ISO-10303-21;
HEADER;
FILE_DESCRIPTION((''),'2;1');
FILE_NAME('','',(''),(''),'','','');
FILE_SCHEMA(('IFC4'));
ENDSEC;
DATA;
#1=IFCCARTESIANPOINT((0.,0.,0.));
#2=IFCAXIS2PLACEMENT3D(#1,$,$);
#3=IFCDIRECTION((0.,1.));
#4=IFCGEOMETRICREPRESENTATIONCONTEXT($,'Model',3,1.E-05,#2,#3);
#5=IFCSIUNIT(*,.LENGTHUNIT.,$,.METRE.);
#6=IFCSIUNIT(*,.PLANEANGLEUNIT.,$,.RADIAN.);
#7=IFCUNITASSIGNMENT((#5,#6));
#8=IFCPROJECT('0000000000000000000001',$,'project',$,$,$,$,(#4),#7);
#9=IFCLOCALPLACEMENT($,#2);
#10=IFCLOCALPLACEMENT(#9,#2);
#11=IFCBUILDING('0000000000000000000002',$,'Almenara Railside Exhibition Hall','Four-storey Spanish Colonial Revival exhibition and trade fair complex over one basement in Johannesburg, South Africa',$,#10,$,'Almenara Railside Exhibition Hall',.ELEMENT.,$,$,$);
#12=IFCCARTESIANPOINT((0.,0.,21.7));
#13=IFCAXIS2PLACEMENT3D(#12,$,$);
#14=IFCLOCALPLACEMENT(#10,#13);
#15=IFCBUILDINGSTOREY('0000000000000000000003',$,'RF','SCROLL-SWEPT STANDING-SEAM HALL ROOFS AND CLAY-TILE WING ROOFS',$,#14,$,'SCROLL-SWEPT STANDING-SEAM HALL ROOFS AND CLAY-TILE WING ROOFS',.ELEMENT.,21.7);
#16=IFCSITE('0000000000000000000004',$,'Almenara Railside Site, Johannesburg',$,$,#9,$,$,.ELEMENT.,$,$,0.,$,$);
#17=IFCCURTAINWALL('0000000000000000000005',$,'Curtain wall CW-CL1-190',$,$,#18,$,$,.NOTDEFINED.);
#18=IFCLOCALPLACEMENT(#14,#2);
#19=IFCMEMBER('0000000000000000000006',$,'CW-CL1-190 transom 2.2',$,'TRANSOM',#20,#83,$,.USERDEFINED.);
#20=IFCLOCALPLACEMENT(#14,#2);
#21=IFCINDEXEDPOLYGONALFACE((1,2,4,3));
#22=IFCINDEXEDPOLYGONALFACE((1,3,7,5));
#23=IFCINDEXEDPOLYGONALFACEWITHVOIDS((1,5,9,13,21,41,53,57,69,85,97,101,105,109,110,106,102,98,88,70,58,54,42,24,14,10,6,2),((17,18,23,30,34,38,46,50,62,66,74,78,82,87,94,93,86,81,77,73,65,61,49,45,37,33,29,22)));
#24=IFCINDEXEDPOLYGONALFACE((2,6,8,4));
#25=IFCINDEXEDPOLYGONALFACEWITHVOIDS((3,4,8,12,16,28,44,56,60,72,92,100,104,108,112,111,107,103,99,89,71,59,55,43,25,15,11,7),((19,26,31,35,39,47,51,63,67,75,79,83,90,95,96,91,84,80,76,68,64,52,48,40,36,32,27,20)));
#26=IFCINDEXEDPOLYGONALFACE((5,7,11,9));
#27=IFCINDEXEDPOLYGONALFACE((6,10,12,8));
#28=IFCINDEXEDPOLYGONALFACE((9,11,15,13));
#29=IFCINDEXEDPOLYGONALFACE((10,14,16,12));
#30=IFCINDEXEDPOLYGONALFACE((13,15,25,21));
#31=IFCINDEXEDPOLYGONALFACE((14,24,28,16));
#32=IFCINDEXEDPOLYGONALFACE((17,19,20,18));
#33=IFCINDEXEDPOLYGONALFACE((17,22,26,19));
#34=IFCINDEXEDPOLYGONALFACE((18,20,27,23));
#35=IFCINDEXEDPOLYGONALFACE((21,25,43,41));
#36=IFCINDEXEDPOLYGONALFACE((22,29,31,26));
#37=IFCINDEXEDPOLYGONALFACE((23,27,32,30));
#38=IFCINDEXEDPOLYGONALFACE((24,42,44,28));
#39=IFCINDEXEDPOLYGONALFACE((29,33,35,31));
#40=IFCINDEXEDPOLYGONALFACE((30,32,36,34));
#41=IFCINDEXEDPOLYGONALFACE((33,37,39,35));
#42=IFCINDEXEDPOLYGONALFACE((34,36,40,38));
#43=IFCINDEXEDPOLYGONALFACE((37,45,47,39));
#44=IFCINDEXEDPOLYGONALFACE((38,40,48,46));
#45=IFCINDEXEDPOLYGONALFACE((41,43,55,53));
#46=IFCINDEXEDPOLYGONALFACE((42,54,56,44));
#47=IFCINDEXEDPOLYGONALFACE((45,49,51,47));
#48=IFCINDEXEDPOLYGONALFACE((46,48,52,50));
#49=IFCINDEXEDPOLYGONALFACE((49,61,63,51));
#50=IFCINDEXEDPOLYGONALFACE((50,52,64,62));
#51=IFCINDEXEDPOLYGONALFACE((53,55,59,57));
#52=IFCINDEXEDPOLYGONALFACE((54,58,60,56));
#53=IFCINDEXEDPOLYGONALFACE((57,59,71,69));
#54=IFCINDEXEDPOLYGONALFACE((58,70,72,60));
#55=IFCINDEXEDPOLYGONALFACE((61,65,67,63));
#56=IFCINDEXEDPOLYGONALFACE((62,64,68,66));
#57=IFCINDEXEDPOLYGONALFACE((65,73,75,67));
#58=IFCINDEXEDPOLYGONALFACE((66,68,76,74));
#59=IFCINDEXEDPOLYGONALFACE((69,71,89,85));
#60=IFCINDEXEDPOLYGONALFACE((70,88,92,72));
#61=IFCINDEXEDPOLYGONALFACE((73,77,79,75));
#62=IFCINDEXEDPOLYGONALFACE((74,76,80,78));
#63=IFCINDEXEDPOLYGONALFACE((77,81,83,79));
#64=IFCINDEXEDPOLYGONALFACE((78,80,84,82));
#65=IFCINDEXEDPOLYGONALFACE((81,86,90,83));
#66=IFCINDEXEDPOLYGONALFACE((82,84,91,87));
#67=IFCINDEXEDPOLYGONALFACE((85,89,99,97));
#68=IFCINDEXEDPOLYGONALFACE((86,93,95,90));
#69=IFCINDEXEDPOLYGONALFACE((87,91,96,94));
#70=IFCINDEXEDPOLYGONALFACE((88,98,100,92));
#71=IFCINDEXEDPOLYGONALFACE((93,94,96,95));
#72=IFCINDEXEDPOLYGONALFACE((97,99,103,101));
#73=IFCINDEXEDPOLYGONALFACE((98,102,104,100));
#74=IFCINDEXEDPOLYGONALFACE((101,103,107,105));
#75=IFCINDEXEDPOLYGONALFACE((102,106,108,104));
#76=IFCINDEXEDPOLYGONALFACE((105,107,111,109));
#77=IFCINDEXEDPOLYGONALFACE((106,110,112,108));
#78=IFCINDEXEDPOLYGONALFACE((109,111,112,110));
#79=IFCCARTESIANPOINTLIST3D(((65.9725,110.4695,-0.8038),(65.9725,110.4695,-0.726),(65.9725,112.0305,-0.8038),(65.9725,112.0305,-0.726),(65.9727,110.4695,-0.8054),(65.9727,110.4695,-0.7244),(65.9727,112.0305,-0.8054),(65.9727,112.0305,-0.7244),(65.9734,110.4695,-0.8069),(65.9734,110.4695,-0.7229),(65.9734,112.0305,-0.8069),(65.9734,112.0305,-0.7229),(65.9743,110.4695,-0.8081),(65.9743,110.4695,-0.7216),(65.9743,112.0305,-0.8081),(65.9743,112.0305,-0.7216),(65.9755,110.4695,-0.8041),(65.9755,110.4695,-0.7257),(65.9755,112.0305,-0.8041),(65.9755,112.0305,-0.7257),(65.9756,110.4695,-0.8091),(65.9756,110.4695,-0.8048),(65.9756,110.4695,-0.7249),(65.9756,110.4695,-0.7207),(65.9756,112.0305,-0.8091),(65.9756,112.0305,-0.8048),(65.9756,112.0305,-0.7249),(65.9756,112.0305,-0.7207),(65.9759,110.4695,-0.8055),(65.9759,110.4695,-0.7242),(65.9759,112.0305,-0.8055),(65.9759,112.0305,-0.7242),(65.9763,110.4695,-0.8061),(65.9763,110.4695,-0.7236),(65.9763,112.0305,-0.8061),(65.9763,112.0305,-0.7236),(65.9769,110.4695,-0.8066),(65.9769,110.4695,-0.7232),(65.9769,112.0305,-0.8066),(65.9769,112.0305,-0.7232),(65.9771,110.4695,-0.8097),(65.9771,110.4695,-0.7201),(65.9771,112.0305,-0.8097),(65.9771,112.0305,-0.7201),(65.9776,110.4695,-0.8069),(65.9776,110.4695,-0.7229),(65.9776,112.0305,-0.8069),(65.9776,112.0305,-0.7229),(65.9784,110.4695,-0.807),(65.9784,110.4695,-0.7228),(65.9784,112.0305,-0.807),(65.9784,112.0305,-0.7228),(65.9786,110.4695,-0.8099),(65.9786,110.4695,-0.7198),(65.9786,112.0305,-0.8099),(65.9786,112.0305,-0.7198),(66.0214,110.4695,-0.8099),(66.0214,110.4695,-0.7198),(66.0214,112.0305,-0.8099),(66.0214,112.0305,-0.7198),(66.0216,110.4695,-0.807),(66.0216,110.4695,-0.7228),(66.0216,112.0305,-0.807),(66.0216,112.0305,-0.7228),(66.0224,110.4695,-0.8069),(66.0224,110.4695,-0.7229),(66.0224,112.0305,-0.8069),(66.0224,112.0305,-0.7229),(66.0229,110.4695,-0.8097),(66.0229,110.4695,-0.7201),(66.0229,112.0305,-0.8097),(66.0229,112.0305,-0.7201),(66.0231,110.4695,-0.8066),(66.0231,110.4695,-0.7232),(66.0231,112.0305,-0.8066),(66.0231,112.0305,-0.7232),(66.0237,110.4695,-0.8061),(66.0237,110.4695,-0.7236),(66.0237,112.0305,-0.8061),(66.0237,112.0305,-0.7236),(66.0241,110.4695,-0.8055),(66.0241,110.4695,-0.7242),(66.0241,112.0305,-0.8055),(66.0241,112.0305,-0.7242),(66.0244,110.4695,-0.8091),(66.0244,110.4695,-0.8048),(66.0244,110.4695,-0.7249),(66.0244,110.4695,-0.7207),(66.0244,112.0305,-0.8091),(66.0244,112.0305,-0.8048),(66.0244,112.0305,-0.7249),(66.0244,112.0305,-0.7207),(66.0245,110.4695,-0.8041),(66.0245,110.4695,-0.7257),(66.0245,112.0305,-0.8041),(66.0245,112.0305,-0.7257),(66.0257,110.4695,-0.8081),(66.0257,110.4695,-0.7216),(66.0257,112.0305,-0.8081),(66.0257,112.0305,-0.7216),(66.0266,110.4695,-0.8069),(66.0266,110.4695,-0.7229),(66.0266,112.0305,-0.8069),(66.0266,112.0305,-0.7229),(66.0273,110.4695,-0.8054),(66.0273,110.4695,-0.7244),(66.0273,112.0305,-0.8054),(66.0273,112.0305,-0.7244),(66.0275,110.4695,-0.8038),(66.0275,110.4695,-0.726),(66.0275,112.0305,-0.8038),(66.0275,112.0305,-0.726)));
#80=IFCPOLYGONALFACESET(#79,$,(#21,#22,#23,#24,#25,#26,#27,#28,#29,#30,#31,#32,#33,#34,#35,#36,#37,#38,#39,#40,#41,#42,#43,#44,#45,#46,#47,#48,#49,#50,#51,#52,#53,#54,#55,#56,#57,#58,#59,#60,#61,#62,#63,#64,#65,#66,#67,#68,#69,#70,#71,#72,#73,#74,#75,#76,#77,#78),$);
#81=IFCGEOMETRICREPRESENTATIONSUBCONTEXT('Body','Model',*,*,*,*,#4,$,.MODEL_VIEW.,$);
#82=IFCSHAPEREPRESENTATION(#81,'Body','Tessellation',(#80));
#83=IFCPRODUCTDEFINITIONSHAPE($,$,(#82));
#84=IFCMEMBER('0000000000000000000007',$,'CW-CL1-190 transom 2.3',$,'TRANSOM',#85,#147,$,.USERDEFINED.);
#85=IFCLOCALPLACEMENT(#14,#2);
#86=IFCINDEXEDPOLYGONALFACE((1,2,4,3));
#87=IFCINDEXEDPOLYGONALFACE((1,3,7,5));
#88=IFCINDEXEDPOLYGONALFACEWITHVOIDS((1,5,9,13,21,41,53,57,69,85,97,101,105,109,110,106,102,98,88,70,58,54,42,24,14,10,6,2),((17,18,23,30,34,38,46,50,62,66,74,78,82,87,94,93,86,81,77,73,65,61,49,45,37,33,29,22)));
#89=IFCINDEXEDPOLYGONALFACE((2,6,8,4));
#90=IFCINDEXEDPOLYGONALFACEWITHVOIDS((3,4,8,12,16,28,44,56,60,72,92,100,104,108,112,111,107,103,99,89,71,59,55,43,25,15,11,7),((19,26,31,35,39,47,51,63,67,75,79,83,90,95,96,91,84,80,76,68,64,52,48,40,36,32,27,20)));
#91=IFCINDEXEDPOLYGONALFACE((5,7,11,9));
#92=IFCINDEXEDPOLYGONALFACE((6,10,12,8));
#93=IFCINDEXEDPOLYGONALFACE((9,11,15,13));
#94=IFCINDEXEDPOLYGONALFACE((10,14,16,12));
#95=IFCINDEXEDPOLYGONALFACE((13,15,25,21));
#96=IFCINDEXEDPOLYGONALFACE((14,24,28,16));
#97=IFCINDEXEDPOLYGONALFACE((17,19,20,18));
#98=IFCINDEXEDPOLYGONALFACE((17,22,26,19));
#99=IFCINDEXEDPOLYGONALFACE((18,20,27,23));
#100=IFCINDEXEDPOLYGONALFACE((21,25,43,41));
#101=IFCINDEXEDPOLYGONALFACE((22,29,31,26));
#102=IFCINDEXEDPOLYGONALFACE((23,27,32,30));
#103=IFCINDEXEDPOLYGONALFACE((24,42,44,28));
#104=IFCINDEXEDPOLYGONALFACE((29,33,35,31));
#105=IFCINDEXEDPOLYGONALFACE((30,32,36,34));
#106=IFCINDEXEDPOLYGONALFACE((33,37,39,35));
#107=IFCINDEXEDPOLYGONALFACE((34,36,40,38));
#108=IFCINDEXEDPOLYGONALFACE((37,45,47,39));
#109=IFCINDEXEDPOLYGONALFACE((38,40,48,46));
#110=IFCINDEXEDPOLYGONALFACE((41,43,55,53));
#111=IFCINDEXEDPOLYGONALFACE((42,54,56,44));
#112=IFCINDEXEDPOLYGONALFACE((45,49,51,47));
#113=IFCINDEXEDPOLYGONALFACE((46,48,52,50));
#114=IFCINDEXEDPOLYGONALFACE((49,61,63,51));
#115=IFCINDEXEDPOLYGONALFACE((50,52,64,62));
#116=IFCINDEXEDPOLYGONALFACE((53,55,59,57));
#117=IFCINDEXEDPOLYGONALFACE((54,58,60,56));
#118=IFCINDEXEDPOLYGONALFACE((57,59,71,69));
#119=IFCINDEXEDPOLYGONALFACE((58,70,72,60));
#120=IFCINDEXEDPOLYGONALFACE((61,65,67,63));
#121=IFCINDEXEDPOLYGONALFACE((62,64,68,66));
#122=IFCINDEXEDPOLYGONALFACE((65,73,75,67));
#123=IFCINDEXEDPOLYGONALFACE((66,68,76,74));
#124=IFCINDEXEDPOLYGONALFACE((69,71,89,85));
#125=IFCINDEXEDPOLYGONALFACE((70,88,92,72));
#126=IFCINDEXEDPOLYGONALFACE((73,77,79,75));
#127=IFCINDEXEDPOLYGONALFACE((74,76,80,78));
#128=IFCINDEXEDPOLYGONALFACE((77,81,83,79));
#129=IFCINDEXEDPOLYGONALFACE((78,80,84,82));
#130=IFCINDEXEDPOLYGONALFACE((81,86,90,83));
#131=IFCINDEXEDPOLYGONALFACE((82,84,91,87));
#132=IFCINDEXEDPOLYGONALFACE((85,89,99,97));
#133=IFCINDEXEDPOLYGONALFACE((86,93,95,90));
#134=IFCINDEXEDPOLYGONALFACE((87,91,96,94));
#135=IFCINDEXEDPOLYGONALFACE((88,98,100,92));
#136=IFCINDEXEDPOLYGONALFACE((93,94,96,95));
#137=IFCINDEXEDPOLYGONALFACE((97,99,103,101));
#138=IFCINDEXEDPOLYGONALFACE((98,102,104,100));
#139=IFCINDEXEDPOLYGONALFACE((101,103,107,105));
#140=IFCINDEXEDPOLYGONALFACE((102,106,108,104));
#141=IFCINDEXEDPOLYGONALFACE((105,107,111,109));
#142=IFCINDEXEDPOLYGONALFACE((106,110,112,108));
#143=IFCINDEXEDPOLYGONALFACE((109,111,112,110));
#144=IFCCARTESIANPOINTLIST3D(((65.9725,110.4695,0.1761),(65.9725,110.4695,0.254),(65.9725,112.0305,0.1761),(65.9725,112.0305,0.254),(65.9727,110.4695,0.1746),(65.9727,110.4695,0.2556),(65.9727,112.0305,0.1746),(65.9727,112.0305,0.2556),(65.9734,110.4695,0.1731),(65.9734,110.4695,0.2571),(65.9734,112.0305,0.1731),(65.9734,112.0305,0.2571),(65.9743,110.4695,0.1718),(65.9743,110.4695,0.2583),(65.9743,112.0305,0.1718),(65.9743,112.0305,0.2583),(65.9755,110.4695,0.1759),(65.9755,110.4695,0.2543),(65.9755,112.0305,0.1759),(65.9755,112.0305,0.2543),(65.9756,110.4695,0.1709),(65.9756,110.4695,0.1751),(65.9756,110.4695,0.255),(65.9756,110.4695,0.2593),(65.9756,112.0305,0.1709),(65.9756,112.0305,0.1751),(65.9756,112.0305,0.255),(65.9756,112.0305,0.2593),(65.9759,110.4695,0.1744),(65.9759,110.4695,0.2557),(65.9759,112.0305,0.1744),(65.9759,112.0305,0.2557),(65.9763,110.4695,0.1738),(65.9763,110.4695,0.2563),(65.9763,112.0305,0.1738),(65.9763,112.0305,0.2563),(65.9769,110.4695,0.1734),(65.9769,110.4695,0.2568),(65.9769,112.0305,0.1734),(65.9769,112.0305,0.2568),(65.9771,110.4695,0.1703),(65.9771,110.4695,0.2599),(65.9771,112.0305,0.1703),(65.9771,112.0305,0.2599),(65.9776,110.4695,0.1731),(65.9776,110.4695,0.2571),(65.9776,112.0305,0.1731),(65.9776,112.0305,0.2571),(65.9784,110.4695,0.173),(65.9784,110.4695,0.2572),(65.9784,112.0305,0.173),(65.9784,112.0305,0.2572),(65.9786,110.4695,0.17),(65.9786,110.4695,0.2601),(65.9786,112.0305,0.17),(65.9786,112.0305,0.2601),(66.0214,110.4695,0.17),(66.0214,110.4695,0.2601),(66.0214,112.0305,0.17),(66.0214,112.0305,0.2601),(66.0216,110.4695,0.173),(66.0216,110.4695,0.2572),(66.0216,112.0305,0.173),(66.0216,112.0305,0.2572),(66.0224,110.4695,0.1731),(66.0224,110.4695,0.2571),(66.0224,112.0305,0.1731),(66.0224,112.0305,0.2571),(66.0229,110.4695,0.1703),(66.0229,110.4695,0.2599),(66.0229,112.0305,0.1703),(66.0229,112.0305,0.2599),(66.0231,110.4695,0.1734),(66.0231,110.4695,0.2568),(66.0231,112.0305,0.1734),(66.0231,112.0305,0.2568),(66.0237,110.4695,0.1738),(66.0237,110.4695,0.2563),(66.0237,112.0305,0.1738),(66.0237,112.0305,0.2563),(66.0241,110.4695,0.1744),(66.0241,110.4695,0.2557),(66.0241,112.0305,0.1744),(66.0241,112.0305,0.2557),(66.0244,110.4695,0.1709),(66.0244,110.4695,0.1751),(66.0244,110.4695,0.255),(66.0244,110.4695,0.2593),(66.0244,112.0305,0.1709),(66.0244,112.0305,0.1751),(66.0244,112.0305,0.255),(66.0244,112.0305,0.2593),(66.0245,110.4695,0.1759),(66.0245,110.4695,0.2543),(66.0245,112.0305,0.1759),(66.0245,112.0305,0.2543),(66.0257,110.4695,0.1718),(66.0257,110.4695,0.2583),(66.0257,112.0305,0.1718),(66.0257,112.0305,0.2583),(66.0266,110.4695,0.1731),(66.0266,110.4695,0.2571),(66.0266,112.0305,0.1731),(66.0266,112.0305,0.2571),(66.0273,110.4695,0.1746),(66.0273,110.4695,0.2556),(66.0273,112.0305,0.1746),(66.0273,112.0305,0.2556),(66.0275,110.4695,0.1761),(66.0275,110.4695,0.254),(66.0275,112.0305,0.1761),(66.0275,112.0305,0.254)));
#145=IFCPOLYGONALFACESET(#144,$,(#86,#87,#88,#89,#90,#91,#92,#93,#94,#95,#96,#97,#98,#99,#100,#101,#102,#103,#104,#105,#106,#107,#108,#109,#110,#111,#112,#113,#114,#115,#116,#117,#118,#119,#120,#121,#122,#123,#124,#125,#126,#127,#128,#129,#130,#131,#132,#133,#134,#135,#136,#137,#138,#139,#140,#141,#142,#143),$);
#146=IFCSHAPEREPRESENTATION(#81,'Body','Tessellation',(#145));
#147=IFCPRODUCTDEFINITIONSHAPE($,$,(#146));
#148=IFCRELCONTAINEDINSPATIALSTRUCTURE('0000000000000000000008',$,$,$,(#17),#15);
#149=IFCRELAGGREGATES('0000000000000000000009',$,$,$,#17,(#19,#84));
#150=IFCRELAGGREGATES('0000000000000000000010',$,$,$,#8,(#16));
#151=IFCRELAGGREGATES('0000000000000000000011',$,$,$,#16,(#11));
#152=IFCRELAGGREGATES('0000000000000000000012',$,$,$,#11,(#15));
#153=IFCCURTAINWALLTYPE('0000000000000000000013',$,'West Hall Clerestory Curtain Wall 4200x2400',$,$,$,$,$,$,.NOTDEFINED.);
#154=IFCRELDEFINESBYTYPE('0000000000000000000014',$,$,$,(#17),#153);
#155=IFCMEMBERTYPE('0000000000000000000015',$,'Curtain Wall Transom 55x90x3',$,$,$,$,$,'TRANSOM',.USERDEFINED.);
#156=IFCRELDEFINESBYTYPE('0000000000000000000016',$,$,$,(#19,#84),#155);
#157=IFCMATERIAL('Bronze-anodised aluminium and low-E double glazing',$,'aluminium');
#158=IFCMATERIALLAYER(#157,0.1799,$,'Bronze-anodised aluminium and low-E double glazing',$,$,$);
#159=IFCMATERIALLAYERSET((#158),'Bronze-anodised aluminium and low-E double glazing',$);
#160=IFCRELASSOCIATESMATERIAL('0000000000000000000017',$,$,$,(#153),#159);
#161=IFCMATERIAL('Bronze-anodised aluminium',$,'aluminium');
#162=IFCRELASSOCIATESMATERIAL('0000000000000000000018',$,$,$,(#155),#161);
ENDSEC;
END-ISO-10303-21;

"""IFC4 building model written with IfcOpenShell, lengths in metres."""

from ifc_helpers import new_model, si_unit, direction, frame, origin, origin_2d, place, context, subcontext, project, spatial, hollow_rectangle, extrude, material, layer, layer_set, material_profile, profile_set, type_object, element, aggregate, save


model = new_model("IFC4")

# Units and contexts
model_context = context("Model", 3, precision=1e-05, world=origin(), true_north=direction((0.0, 1.0)))
body_context = subcontext(model_context, "Body", "Model", "MODEL_VIEW")
ifc_project = project(units=[si_unit("LENGTHUNIT", "METRE"), si_unit("PLANEANGLEUNIT", "RADIAN")], contexts=[model_context])

# Site, building, storey
site_placement = place(None, origin())
site = spatial("IfcSite", under=ifc_project, at=site_placement, Name="Almenara Railside Site, Johannesburg", CompositionType="ELEMENT", RefElevation=0.0)
building_placement = place(site_placement, origin())
building = spatial("IfcBuilding", under=site, at=building_placement, Name="Almenara Railside Exhibition Hall", Description="Four-storey Spanish Colonial Revival exhibition and trade fair complex over one basement in Johannesburg, South Africa", LongName="Almenara Railside Exhibition Hall", CompositionType="ELEMENT")
storey_placement = place(building_placement, frame((0.0, 0.0, 21.7)))
storey = spatial("IfcBuildingStorey", under=building, at=storey_placement, Name="RF", Description="SCROLL-SWEPT STANDING-SEAM HALL ROOFS AND CLAY-TILE WING ROOFS", LongName="SCROLL-SWEPT STANDING-SEAM HALL ROOFS AND CLAY-TILE WING ROOFS", CompositionType="ELEMENT", Elevation=21.7)

# Curtain wall
ifc_material_1 = material(Name="Bronze-anodised aluminium and low-E double glazing", Category="aluminium")
ifc_layer_1 = layer(ifc_material_1, 0.1799, Name="Bronze-anodised aluminium and low-E double glazing")
ifc_layer_set_1 = layer_set([ifc_layer_1], Name="Bronze-anodised aluminium and low-E double glazing")
curtain_wall_type = type_object("IfcCurtainWallType", Name="West Hall Clerestory Curtain Wall 4200x2400", PredefinedType="NOTDEFINED", material=ifc_layer_set_1)
curtain_wall_1_placement = place(storey_placement, origin())
curtain_wall_1 = element("IfcCurtainWall", 1, at=curtain_wall_1_placement, inside=storey, type_object=curtain_wall_type, Name="Curtain wall CW-CL1-190", PredefinedType="NOTDEFINED")
ifc_material_2 = material(Name="Bronze-anodised aluminium", Category="aluminium")

# Members
ifc_material_profile_1 = material_profile(ifc_material_2, hollow_rectangle(XDim=0.0549, YDim=0.0901, WallThickness=0.0029, InnerFilletRadius=0.0029, OuterFilletRadius=0.0061, at=origin_2d()), Name="ALU-TRN 55x90x3")
ifc_profile_set_1 = profile_set([ifc_material_profile_1], Name="Bronze-anodised aluminium")
member_type_1 = type_object("IfcMemberType", Name="Curtain Wall Transom 55x90x3", ElementType="TRANSOM", PredefinedType="USERDEFINED", material=ifc_profile_set_1)
member_1_placement = place(storey_placement, frame((66.0, 110.4695, -0.7649), z_axis=(0.0, 1.0, 0.0), x_axis=(-1.0, 0.0, 0.0)))
member_1 = element("IfcMember", 2, at=member_1_placement, type_object=member_type_1, Name="CW-CL1-190 transom 2.2", ObjectType="TRANSOM", PredefinedType="USERDEFINED", context=body_context, shape_type="SweptSolid", body=[
    extrude(hollow_rectangle(XDim=0.0549, YDim=0.0901, WallThickness=0.0029, InnerFilletRadius=0.0029, OuterFilletRadius=0.0061, at=origin_2d()), origin(), (0.0, 0.0, 1.0), 1.561),
])
member_2_placement = place(storey_placement, frame((66.0, 110.4695, 0.2151), z_axis=(0.0, 1.0, 0.0), x_axis=(-1.0, 0.0, 0.0)))
member_2 = element("IfcMember", 3, at=member_2_placement, type_object=member_type_1, Name="CW-CL1-190 transom 2.3", ObjectType="TRANSOM", PredefinedType="USERDEFINED", context=body_context, shape_type="SweptSolid", body=[
    extrude(hollow_rectangle(XDim=0.0549, YDim=0.0901, WallThickness=0.0029, InnerFilletRadius=0.0029, OuterFilletRadius=0.0061, at=origin_2d()), origin(), (0.0, 0.0, 1.0), 1.561),
])

aggregate(curtain_wall_1, [member_1, member_2])

save(model, "model.ifc")
